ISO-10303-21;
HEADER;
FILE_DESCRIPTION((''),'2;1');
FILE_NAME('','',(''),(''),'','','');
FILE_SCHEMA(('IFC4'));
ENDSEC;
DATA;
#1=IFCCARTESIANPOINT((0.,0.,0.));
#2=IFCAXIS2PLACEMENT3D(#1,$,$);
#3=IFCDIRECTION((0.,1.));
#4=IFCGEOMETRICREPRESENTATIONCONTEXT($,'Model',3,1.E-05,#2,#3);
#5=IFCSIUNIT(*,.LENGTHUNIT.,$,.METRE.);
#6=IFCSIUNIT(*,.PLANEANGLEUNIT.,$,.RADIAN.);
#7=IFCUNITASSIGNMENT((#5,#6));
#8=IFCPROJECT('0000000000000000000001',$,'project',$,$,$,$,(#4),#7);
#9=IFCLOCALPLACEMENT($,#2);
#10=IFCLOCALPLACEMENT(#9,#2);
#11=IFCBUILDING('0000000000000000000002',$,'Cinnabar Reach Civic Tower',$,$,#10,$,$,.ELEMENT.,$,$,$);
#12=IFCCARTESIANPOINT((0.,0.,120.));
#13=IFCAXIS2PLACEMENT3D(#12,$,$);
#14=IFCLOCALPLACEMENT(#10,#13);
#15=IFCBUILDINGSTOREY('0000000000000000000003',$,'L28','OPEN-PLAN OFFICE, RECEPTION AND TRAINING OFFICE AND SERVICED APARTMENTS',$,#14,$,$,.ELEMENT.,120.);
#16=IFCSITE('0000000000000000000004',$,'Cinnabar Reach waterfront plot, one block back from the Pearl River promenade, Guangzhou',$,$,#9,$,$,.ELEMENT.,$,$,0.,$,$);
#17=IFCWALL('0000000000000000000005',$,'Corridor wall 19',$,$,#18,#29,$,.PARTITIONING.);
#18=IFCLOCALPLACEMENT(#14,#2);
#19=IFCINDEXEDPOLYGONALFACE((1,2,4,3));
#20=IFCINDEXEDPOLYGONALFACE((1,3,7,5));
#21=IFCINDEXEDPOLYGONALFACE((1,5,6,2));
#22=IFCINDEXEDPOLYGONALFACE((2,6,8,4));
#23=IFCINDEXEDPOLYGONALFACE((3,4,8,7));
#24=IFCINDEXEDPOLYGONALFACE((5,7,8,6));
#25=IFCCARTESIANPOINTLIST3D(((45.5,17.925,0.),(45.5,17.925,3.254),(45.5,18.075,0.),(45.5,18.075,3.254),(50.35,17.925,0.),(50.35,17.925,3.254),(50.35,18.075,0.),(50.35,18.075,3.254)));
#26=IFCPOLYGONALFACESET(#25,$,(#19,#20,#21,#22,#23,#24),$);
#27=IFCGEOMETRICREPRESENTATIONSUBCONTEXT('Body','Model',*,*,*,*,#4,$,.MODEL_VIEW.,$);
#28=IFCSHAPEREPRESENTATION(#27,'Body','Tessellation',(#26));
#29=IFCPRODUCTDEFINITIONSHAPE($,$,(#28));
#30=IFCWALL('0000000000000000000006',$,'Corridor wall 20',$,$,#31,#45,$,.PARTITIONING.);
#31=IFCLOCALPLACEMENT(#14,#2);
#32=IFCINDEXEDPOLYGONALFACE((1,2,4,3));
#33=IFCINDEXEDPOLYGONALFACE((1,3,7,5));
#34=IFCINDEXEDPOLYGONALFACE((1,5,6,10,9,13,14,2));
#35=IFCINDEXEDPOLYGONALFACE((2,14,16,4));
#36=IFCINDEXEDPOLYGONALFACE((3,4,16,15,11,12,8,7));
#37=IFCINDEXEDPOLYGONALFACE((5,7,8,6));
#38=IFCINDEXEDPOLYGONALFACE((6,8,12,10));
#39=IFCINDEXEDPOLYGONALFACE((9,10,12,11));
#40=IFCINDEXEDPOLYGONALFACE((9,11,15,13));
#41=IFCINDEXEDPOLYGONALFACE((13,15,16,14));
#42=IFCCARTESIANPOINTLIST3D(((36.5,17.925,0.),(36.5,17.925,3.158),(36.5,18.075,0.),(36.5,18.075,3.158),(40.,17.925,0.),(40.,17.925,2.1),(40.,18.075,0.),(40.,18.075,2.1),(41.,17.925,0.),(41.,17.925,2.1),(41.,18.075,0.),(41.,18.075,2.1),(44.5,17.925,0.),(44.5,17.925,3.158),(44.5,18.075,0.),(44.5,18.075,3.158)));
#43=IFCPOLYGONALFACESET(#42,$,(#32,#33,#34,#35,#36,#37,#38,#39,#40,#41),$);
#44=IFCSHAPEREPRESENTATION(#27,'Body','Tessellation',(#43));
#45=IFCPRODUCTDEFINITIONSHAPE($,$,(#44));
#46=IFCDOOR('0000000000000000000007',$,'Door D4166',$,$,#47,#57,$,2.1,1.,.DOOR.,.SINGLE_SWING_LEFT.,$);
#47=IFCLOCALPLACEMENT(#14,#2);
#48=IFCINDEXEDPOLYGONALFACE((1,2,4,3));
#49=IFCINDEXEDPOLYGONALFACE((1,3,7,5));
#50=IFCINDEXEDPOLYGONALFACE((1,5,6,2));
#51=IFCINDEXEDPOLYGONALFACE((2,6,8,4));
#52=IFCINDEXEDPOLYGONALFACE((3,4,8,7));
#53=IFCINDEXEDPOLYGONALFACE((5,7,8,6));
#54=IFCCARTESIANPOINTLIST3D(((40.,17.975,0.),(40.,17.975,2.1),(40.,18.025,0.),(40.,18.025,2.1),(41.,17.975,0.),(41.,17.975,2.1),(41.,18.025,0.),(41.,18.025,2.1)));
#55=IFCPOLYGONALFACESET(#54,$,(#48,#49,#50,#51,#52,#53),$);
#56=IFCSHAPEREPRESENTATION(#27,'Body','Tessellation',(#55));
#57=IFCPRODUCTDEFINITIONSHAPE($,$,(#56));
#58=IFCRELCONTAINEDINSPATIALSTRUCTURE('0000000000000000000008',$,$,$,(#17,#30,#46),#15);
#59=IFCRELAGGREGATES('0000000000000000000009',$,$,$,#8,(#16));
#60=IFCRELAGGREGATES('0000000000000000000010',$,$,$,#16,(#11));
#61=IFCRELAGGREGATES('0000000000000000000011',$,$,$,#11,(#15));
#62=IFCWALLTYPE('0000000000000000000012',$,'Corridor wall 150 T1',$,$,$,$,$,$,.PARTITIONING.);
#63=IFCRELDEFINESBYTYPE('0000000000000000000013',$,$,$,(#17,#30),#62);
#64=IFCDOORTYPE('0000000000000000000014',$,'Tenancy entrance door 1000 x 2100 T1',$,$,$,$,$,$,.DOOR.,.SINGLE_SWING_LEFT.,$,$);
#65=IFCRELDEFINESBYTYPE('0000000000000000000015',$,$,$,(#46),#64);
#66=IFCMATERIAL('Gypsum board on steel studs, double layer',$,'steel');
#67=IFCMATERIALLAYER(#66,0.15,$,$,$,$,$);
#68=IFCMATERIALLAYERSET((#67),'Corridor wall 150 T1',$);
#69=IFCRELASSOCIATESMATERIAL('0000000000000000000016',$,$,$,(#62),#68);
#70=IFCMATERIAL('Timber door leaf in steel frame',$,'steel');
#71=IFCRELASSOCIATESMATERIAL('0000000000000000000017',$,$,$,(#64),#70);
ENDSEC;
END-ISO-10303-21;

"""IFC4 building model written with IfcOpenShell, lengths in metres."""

from ifc_helpers import new_model, si_unit, direction, frame, frame_2d, origin, place, context, subcontext, project, spatial, rectangle, extrude, material, layer, layer_set, type_object, element, fill, save


model = new_model("IFC4")

# Units and contexts
model_context = context("Model", 3, precision=1e-05, world=origin(), true_north=direction((0.0, 1.0)))
body_context = subcontext(model_context, "Body", "Model", "MODEL_VIEW")
ifc_project = project(units=[si_unit("LENGTHUNIT", "METRE"), si_unit("PLANEANGLEUNIT", "RADIAN")], contexts=[model_context])

# Site, building, storey
site_placement = place(None, origin())
site = spatial("IfcSite", under=ifc_project, at=site_placement, Name="Cinnabar Reach waterfront plot, one block back from the Pearl River promenade, Guangzhou", CompositionType="ELEMENT", RefElevation=0.0)
building_placement = place(site_placement, origin())
building = spatial("IfcBuilding", under=site, at=building_placement, Name="Cinnabar Reach Civic Tower", CompositionType="ELEMENT")
storey_placement = place(building_placement, frame((0.0, 0.0, 120.0)))
storey = spatial("IfcBuildingStorey", under=building, at=storey_placement, Name="L28", Description="OPEN-PLAN OFFICE, RECEPTION AND TRAINING OFFICE AND SERVICED APARTMENTS", CompositionType="ELEMENT", Elevation=120.0)

# Wall
ifc_material_1 = material(Name="Gypsum board on steel studs, double layer", Category="steel")
ifc_layer_1 = layer(ifc_material_1, 0.15)
ifc_layer_set_1 = layer_set([ifc_layer_1], Name="Corridor wall 150 T1")
wall_type_1 = type_object("IfcWallType", Name="Corridor wall 150 T1", PredefinedType="PARTITIONING", material=ifc_layer_set_1)
wall_1_placement = place(storey_placement, frame((45.5, 18.0, 0.0), z_axis=(0.0, 0.0, 1.0), x_axis=(1.0, 0.0, 0.0)))
element("IfcWall", 1, at=wall_1_placement, inside=storey, type_object=wall_type_1, Name="Corridor wall 19", PredefinedType="PARTITIONING", context=body_context, shape_type="SweptSolid", body=[
    extrude(rectangle(XDim=4.85, YDim=0.15, at=frame_2d((2.425, 0.0))), origin(), (0.0, 0.0, 1.0), 3.254),
])

# Wall, opening, door
wall_2_placement = place(storey_placement, frame((36.5, 18.0, 0.0), z_axis=(0.0, 0.0, 1.0), x_axis=(1.0, 0.0, 0.0)))
wall_2 = element("IfcWall", 2, at=wall_2_placement, inside=storey, type_object=wall_type_1, Name="Corridor wall 20", PredefinedType="PARTITIONING", context=body_context, shape_type="SweptSolid", body=[
    extrude(rectangle(XDim=8.0, YDim=0.15, at=frame_2d((4.0, 0.0))), origin(), (0.0, 0.0, 1.0), 3.158),
])
opening_1_placement = place(wall_2_placement, frame((3.5, 0.0, 0.0)))
opening_1 = element("IfcOpeningElement", 3, at=opening_1_placement, cuts=wall_2, PredefinedType="OPENING", context=body_context, shape_type="SweptSolid", body=[
    extrude(rectangle(XDim=1.0, YDim=2.1, at=frame_2d((0.5, 1.05))), frame((0.0, 0.085, 0.0), z_axis=(0.0, -1.0, 0.0), x_axis=(1.0, 0.0, 0.0)), (0.0, 0.0, 1.0), 0.17),
])
ifc_material_2 = material(Name="Timber door leaf in steel frame", Category="steel")
door_type = type_object("IfcDoorType", Name="Tenancy entrance door 1000 x 2100 T1", OperationType="SINGLE_SWING_LEFT", PredefinedType="DOOR", material=ifc_material_2)
door_placement = place(opening_1_placement, frame((1.0, 0.0, 0.0), z_axis=(0.0, 0.0, 1.0), x_axis=(-1.0, 0.0, 0.0)))
door = element("IfcDoor", 4, at=door_placement, inside=storey, type_object=door_type, Name="Door D4166", OperationType="SINGLE_SWING_LEFT", OverallHeight=2.1, OverallWidth=1.0, PredefinedType="DOOR", context=body_context, shape_type="SweptSolid", body=[
    extrude(rectangle(XDim=1.0, YDim=2.1, at=frame_2d((0.5, 1.05))), frame((0.0, 0.025, 0.0), z_axis=(0.0, -1.0, 0.0), x_axis=(1.0, 0.0, 0.0)), (0.0, 0.0, 1.0), 0.05),
])
fill(opening_1, door)

save(model, "model.ifc")
